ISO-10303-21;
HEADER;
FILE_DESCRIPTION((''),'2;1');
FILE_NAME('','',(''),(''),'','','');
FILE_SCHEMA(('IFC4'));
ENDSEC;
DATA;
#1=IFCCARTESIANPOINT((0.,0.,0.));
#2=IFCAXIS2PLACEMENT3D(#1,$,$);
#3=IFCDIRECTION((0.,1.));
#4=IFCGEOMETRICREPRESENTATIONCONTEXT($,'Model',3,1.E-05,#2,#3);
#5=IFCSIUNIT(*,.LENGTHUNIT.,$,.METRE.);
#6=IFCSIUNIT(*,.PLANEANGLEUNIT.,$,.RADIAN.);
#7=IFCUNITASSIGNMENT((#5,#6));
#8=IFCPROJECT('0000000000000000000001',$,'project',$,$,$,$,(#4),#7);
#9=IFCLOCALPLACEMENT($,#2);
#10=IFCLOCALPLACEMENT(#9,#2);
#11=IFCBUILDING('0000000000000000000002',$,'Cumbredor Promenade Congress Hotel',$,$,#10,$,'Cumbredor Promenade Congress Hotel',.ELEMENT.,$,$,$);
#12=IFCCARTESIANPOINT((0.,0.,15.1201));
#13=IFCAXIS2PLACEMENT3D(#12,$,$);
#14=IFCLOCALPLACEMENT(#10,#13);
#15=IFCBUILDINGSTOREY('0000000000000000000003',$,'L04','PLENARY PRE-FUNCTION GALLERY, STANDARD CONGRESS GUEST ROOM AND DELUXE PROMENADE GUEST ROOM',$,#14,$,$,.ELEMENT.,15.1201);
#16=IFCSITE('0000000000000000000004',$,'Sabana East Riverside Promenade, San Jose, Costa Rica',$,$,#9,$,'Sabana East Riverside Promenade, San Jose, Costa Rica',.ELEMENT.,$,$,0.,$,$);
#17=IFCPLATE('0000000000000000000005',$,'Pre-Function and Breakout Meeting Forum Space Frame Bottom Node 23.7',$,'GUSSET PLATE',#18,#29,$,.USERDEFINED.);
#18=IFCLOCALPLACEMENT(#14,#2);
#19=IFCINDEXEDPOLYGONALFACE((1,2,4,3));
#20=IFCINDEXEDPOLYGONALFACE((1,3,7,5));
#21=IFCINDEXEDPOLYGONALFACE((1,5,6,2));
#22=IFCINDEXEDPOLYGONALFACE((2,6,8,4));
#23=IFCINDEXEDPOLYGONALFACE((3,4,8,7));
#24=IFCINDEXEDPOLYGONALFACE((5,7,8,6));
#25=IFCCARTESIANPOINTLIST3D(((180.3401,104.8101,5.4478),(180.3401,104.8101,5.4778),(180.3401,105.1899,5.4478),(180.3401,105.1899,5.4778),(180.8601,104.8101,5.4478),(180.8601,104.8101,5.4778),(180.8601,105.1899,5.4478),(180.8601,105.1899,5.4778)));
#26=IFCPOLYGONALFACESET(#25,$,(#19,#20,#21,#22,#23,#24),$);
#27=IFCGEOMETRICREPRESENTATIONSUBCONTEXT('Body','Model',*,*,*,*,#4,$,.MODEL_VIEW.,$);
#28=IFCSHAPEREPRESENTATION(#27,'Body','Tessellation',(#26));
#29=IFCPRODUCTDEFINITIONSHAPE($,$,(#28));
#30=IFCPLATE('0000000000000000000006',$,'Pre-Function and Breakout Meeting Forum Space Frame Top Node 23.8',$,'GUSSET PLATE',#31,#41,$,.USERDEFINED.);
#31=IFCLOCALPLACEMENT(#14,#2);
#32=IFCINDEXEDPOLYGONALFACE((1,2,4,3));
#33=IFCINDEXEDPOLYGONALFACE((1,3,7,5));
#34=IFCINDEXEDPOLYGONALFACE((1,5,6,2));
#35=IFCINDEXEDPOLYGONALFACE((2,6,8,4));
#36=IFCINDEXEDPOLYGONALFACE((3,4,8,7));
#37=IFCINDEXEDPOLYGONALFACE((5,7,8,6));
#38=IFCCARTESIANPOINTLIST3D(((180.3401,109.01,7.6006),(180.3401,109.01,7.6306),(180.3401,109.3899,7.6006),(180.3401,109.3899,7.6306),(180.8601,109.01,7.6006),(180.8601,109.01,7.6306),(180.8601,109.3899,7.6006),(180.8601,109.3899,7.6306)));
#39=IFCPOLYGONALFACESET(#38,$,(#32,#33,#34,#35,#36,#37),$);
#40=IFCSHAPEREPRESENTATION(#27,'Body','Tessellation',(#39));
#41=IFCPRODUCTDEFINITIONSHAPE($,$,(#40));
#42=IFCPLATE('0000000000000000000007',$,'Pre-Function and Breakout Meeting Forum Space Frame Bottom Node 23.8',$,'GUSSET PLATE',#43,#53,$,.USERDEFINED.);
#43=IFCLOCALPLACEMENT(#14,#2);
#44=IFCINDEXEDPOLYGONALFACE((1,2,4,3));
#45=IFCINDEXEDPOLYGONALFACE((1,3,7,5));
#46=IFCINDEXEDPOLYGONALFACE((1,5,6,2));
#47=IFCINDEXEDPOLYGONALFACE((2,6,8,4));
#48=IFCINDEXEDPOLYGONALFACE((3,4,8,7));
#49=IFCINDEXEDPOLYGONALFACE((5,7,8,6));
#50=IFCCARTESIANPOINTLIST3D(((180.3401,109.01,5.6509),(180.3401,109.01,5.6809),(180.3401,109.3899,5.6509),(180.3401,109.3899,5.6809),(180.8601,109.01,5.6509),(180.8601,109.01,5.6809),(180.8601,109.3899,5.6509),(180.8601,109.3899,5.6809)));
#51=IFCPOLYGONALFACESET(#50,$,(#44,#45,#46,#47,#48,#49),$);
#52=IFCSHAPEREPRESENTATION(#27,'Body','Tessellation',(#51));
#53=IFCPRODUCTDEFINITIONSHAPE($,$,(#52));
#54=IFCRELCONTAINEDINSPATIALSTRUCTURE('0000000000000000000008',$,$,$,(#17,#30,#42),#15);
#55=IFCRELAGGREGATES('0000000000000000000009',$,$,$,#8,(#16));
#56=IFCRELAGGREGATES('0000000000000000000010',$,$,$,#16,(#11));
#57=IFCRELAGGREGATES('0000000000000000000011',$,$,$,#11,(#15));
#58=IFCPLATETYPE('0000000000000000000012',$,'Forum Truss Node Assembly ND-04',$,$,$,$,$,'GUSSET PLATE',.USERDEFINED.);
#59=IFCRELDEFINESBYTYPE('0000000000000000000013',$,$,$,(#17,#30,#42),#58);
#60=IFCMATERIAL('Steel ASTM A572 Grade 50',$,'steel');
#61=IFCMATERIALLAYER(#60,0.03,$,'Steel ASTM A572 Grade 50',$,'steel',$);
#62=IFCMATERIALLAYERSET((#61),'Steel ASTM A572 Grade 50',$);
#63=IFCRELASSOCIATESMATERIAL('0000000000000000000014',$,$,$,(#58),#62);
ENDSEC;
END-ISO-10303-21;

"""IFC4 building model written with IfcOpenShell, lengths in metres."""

from ifc_helpers import new_model, si_unit, direction, frame, origin, origin_2d, place, context, subcontext, project, spatial, rectangle, extrude, material, layer, layer_set, type_object, element, save


model = new_model("IFC4")

# Units and contexts
model_context = context("Model", 3, precision=1e-05, world=origin(), true_north=direction((0.0, 1.0)))
body_context = subcontext(model_context, "Body", "Model", "MODEL_VIEW")
ifc_project = project(units=[si_unit("LENGTHUNIT", "METRE"), si_unit("PLANEANGLEUNIT", "RADIAN")], contexts=[model_context])

# Site, building, storey
site_placement = place(None, origin())
site = spatial("IfcSite", under=ifc_project, at=site_placement, Name="Sabana East Riverside Promenade, San Jose, Costa Rica", LongName="Sabana East Riverside Promenade, San Jose, Costa Rica", CompositionType="ELEMENT", RefElevation=0.0)
building_placement = place(site_placement, origin())
building = spatial("IfcBuilding", under=site, at=building_placement, Name="Cumbredor Promenade Congress Hotel", LongName="Cumbredor Promenade Congress Hotel", CompositionType="ELEMENT")
storey_placement = place(building_placement, frame((0.0, 0.0, 15.1201)))
storey = spatial("IfcBuildingStorey", under=building, at=storey_placement, Name="L04", Description="PLENARY PRE-FUNCTION GALLERY, STANDARD CONGRESS GUEST ROOM AND DELUXE PROMENADE GUEST ROOM", CompositionType="ELEMENT", Elevation=15.1201)

# Plates
ifc_material_1 = material(Name="Steel ASTM A572 Grade 50", Category="steel")
ifc_layer_1 = layer(ifc_material_1, 0.03, Name="Steel ASTM A572 Grade 50", Category="steel")
ifc_layer_set_1 = layer_set([ifc_layer_1], Name="Steel ASTM A572 Grade 50")
plate_type_1 = type_object("IfcPlateType", Name="Forum Truss Node Assembly ND-04", ElementType="GUSSET PLATE", PredefinedType="USERDEFINED", material=ifc_layer_set_1)
for number, where, z_axis, x_axis, name in (
    (1, (180.6001, 105.0, 5.4478), (0.0, 0.0, 1.0), (1.0, 0.0, 0.0), "Pre-Function and Breakout Meeting Forum Space Frame Bottom Node 23.7"),
    (2, (180.6001, 109.2, 7.6006), (0.0, 0.0, 1.0), (1.0, 0.0, 0.0), "Pre-Function and Breakout Meeting Forum Space Frame Top Node 23.8"),
    (3, (180.6001, 109.2, 5.6509), (0.0, 0.0, 1.0), (1.0, 0.0, 0.0), "Pre-Function and Breakout Meeting Forum Space Frame Bottom Node 23.8"),
):
    element("IfcPlate", number, at=place(storey_placement, frame(where, z_axis=z_axis, x_axis=x_axis)), inside=storey, type_object=plate_type_1, Name=name, ObjectType="GUSSET PLATE", PredefinedType="USERDEFINED", context=body_context, shape_type="SweptSolid", body=[
        extrude(rectangle(XDim=0.52, YDim=0.3799, at=origin_2d()), origin(), (0.0, 0.0, 1.0), 0.03),
    ])

save(model, "model.ifc")
